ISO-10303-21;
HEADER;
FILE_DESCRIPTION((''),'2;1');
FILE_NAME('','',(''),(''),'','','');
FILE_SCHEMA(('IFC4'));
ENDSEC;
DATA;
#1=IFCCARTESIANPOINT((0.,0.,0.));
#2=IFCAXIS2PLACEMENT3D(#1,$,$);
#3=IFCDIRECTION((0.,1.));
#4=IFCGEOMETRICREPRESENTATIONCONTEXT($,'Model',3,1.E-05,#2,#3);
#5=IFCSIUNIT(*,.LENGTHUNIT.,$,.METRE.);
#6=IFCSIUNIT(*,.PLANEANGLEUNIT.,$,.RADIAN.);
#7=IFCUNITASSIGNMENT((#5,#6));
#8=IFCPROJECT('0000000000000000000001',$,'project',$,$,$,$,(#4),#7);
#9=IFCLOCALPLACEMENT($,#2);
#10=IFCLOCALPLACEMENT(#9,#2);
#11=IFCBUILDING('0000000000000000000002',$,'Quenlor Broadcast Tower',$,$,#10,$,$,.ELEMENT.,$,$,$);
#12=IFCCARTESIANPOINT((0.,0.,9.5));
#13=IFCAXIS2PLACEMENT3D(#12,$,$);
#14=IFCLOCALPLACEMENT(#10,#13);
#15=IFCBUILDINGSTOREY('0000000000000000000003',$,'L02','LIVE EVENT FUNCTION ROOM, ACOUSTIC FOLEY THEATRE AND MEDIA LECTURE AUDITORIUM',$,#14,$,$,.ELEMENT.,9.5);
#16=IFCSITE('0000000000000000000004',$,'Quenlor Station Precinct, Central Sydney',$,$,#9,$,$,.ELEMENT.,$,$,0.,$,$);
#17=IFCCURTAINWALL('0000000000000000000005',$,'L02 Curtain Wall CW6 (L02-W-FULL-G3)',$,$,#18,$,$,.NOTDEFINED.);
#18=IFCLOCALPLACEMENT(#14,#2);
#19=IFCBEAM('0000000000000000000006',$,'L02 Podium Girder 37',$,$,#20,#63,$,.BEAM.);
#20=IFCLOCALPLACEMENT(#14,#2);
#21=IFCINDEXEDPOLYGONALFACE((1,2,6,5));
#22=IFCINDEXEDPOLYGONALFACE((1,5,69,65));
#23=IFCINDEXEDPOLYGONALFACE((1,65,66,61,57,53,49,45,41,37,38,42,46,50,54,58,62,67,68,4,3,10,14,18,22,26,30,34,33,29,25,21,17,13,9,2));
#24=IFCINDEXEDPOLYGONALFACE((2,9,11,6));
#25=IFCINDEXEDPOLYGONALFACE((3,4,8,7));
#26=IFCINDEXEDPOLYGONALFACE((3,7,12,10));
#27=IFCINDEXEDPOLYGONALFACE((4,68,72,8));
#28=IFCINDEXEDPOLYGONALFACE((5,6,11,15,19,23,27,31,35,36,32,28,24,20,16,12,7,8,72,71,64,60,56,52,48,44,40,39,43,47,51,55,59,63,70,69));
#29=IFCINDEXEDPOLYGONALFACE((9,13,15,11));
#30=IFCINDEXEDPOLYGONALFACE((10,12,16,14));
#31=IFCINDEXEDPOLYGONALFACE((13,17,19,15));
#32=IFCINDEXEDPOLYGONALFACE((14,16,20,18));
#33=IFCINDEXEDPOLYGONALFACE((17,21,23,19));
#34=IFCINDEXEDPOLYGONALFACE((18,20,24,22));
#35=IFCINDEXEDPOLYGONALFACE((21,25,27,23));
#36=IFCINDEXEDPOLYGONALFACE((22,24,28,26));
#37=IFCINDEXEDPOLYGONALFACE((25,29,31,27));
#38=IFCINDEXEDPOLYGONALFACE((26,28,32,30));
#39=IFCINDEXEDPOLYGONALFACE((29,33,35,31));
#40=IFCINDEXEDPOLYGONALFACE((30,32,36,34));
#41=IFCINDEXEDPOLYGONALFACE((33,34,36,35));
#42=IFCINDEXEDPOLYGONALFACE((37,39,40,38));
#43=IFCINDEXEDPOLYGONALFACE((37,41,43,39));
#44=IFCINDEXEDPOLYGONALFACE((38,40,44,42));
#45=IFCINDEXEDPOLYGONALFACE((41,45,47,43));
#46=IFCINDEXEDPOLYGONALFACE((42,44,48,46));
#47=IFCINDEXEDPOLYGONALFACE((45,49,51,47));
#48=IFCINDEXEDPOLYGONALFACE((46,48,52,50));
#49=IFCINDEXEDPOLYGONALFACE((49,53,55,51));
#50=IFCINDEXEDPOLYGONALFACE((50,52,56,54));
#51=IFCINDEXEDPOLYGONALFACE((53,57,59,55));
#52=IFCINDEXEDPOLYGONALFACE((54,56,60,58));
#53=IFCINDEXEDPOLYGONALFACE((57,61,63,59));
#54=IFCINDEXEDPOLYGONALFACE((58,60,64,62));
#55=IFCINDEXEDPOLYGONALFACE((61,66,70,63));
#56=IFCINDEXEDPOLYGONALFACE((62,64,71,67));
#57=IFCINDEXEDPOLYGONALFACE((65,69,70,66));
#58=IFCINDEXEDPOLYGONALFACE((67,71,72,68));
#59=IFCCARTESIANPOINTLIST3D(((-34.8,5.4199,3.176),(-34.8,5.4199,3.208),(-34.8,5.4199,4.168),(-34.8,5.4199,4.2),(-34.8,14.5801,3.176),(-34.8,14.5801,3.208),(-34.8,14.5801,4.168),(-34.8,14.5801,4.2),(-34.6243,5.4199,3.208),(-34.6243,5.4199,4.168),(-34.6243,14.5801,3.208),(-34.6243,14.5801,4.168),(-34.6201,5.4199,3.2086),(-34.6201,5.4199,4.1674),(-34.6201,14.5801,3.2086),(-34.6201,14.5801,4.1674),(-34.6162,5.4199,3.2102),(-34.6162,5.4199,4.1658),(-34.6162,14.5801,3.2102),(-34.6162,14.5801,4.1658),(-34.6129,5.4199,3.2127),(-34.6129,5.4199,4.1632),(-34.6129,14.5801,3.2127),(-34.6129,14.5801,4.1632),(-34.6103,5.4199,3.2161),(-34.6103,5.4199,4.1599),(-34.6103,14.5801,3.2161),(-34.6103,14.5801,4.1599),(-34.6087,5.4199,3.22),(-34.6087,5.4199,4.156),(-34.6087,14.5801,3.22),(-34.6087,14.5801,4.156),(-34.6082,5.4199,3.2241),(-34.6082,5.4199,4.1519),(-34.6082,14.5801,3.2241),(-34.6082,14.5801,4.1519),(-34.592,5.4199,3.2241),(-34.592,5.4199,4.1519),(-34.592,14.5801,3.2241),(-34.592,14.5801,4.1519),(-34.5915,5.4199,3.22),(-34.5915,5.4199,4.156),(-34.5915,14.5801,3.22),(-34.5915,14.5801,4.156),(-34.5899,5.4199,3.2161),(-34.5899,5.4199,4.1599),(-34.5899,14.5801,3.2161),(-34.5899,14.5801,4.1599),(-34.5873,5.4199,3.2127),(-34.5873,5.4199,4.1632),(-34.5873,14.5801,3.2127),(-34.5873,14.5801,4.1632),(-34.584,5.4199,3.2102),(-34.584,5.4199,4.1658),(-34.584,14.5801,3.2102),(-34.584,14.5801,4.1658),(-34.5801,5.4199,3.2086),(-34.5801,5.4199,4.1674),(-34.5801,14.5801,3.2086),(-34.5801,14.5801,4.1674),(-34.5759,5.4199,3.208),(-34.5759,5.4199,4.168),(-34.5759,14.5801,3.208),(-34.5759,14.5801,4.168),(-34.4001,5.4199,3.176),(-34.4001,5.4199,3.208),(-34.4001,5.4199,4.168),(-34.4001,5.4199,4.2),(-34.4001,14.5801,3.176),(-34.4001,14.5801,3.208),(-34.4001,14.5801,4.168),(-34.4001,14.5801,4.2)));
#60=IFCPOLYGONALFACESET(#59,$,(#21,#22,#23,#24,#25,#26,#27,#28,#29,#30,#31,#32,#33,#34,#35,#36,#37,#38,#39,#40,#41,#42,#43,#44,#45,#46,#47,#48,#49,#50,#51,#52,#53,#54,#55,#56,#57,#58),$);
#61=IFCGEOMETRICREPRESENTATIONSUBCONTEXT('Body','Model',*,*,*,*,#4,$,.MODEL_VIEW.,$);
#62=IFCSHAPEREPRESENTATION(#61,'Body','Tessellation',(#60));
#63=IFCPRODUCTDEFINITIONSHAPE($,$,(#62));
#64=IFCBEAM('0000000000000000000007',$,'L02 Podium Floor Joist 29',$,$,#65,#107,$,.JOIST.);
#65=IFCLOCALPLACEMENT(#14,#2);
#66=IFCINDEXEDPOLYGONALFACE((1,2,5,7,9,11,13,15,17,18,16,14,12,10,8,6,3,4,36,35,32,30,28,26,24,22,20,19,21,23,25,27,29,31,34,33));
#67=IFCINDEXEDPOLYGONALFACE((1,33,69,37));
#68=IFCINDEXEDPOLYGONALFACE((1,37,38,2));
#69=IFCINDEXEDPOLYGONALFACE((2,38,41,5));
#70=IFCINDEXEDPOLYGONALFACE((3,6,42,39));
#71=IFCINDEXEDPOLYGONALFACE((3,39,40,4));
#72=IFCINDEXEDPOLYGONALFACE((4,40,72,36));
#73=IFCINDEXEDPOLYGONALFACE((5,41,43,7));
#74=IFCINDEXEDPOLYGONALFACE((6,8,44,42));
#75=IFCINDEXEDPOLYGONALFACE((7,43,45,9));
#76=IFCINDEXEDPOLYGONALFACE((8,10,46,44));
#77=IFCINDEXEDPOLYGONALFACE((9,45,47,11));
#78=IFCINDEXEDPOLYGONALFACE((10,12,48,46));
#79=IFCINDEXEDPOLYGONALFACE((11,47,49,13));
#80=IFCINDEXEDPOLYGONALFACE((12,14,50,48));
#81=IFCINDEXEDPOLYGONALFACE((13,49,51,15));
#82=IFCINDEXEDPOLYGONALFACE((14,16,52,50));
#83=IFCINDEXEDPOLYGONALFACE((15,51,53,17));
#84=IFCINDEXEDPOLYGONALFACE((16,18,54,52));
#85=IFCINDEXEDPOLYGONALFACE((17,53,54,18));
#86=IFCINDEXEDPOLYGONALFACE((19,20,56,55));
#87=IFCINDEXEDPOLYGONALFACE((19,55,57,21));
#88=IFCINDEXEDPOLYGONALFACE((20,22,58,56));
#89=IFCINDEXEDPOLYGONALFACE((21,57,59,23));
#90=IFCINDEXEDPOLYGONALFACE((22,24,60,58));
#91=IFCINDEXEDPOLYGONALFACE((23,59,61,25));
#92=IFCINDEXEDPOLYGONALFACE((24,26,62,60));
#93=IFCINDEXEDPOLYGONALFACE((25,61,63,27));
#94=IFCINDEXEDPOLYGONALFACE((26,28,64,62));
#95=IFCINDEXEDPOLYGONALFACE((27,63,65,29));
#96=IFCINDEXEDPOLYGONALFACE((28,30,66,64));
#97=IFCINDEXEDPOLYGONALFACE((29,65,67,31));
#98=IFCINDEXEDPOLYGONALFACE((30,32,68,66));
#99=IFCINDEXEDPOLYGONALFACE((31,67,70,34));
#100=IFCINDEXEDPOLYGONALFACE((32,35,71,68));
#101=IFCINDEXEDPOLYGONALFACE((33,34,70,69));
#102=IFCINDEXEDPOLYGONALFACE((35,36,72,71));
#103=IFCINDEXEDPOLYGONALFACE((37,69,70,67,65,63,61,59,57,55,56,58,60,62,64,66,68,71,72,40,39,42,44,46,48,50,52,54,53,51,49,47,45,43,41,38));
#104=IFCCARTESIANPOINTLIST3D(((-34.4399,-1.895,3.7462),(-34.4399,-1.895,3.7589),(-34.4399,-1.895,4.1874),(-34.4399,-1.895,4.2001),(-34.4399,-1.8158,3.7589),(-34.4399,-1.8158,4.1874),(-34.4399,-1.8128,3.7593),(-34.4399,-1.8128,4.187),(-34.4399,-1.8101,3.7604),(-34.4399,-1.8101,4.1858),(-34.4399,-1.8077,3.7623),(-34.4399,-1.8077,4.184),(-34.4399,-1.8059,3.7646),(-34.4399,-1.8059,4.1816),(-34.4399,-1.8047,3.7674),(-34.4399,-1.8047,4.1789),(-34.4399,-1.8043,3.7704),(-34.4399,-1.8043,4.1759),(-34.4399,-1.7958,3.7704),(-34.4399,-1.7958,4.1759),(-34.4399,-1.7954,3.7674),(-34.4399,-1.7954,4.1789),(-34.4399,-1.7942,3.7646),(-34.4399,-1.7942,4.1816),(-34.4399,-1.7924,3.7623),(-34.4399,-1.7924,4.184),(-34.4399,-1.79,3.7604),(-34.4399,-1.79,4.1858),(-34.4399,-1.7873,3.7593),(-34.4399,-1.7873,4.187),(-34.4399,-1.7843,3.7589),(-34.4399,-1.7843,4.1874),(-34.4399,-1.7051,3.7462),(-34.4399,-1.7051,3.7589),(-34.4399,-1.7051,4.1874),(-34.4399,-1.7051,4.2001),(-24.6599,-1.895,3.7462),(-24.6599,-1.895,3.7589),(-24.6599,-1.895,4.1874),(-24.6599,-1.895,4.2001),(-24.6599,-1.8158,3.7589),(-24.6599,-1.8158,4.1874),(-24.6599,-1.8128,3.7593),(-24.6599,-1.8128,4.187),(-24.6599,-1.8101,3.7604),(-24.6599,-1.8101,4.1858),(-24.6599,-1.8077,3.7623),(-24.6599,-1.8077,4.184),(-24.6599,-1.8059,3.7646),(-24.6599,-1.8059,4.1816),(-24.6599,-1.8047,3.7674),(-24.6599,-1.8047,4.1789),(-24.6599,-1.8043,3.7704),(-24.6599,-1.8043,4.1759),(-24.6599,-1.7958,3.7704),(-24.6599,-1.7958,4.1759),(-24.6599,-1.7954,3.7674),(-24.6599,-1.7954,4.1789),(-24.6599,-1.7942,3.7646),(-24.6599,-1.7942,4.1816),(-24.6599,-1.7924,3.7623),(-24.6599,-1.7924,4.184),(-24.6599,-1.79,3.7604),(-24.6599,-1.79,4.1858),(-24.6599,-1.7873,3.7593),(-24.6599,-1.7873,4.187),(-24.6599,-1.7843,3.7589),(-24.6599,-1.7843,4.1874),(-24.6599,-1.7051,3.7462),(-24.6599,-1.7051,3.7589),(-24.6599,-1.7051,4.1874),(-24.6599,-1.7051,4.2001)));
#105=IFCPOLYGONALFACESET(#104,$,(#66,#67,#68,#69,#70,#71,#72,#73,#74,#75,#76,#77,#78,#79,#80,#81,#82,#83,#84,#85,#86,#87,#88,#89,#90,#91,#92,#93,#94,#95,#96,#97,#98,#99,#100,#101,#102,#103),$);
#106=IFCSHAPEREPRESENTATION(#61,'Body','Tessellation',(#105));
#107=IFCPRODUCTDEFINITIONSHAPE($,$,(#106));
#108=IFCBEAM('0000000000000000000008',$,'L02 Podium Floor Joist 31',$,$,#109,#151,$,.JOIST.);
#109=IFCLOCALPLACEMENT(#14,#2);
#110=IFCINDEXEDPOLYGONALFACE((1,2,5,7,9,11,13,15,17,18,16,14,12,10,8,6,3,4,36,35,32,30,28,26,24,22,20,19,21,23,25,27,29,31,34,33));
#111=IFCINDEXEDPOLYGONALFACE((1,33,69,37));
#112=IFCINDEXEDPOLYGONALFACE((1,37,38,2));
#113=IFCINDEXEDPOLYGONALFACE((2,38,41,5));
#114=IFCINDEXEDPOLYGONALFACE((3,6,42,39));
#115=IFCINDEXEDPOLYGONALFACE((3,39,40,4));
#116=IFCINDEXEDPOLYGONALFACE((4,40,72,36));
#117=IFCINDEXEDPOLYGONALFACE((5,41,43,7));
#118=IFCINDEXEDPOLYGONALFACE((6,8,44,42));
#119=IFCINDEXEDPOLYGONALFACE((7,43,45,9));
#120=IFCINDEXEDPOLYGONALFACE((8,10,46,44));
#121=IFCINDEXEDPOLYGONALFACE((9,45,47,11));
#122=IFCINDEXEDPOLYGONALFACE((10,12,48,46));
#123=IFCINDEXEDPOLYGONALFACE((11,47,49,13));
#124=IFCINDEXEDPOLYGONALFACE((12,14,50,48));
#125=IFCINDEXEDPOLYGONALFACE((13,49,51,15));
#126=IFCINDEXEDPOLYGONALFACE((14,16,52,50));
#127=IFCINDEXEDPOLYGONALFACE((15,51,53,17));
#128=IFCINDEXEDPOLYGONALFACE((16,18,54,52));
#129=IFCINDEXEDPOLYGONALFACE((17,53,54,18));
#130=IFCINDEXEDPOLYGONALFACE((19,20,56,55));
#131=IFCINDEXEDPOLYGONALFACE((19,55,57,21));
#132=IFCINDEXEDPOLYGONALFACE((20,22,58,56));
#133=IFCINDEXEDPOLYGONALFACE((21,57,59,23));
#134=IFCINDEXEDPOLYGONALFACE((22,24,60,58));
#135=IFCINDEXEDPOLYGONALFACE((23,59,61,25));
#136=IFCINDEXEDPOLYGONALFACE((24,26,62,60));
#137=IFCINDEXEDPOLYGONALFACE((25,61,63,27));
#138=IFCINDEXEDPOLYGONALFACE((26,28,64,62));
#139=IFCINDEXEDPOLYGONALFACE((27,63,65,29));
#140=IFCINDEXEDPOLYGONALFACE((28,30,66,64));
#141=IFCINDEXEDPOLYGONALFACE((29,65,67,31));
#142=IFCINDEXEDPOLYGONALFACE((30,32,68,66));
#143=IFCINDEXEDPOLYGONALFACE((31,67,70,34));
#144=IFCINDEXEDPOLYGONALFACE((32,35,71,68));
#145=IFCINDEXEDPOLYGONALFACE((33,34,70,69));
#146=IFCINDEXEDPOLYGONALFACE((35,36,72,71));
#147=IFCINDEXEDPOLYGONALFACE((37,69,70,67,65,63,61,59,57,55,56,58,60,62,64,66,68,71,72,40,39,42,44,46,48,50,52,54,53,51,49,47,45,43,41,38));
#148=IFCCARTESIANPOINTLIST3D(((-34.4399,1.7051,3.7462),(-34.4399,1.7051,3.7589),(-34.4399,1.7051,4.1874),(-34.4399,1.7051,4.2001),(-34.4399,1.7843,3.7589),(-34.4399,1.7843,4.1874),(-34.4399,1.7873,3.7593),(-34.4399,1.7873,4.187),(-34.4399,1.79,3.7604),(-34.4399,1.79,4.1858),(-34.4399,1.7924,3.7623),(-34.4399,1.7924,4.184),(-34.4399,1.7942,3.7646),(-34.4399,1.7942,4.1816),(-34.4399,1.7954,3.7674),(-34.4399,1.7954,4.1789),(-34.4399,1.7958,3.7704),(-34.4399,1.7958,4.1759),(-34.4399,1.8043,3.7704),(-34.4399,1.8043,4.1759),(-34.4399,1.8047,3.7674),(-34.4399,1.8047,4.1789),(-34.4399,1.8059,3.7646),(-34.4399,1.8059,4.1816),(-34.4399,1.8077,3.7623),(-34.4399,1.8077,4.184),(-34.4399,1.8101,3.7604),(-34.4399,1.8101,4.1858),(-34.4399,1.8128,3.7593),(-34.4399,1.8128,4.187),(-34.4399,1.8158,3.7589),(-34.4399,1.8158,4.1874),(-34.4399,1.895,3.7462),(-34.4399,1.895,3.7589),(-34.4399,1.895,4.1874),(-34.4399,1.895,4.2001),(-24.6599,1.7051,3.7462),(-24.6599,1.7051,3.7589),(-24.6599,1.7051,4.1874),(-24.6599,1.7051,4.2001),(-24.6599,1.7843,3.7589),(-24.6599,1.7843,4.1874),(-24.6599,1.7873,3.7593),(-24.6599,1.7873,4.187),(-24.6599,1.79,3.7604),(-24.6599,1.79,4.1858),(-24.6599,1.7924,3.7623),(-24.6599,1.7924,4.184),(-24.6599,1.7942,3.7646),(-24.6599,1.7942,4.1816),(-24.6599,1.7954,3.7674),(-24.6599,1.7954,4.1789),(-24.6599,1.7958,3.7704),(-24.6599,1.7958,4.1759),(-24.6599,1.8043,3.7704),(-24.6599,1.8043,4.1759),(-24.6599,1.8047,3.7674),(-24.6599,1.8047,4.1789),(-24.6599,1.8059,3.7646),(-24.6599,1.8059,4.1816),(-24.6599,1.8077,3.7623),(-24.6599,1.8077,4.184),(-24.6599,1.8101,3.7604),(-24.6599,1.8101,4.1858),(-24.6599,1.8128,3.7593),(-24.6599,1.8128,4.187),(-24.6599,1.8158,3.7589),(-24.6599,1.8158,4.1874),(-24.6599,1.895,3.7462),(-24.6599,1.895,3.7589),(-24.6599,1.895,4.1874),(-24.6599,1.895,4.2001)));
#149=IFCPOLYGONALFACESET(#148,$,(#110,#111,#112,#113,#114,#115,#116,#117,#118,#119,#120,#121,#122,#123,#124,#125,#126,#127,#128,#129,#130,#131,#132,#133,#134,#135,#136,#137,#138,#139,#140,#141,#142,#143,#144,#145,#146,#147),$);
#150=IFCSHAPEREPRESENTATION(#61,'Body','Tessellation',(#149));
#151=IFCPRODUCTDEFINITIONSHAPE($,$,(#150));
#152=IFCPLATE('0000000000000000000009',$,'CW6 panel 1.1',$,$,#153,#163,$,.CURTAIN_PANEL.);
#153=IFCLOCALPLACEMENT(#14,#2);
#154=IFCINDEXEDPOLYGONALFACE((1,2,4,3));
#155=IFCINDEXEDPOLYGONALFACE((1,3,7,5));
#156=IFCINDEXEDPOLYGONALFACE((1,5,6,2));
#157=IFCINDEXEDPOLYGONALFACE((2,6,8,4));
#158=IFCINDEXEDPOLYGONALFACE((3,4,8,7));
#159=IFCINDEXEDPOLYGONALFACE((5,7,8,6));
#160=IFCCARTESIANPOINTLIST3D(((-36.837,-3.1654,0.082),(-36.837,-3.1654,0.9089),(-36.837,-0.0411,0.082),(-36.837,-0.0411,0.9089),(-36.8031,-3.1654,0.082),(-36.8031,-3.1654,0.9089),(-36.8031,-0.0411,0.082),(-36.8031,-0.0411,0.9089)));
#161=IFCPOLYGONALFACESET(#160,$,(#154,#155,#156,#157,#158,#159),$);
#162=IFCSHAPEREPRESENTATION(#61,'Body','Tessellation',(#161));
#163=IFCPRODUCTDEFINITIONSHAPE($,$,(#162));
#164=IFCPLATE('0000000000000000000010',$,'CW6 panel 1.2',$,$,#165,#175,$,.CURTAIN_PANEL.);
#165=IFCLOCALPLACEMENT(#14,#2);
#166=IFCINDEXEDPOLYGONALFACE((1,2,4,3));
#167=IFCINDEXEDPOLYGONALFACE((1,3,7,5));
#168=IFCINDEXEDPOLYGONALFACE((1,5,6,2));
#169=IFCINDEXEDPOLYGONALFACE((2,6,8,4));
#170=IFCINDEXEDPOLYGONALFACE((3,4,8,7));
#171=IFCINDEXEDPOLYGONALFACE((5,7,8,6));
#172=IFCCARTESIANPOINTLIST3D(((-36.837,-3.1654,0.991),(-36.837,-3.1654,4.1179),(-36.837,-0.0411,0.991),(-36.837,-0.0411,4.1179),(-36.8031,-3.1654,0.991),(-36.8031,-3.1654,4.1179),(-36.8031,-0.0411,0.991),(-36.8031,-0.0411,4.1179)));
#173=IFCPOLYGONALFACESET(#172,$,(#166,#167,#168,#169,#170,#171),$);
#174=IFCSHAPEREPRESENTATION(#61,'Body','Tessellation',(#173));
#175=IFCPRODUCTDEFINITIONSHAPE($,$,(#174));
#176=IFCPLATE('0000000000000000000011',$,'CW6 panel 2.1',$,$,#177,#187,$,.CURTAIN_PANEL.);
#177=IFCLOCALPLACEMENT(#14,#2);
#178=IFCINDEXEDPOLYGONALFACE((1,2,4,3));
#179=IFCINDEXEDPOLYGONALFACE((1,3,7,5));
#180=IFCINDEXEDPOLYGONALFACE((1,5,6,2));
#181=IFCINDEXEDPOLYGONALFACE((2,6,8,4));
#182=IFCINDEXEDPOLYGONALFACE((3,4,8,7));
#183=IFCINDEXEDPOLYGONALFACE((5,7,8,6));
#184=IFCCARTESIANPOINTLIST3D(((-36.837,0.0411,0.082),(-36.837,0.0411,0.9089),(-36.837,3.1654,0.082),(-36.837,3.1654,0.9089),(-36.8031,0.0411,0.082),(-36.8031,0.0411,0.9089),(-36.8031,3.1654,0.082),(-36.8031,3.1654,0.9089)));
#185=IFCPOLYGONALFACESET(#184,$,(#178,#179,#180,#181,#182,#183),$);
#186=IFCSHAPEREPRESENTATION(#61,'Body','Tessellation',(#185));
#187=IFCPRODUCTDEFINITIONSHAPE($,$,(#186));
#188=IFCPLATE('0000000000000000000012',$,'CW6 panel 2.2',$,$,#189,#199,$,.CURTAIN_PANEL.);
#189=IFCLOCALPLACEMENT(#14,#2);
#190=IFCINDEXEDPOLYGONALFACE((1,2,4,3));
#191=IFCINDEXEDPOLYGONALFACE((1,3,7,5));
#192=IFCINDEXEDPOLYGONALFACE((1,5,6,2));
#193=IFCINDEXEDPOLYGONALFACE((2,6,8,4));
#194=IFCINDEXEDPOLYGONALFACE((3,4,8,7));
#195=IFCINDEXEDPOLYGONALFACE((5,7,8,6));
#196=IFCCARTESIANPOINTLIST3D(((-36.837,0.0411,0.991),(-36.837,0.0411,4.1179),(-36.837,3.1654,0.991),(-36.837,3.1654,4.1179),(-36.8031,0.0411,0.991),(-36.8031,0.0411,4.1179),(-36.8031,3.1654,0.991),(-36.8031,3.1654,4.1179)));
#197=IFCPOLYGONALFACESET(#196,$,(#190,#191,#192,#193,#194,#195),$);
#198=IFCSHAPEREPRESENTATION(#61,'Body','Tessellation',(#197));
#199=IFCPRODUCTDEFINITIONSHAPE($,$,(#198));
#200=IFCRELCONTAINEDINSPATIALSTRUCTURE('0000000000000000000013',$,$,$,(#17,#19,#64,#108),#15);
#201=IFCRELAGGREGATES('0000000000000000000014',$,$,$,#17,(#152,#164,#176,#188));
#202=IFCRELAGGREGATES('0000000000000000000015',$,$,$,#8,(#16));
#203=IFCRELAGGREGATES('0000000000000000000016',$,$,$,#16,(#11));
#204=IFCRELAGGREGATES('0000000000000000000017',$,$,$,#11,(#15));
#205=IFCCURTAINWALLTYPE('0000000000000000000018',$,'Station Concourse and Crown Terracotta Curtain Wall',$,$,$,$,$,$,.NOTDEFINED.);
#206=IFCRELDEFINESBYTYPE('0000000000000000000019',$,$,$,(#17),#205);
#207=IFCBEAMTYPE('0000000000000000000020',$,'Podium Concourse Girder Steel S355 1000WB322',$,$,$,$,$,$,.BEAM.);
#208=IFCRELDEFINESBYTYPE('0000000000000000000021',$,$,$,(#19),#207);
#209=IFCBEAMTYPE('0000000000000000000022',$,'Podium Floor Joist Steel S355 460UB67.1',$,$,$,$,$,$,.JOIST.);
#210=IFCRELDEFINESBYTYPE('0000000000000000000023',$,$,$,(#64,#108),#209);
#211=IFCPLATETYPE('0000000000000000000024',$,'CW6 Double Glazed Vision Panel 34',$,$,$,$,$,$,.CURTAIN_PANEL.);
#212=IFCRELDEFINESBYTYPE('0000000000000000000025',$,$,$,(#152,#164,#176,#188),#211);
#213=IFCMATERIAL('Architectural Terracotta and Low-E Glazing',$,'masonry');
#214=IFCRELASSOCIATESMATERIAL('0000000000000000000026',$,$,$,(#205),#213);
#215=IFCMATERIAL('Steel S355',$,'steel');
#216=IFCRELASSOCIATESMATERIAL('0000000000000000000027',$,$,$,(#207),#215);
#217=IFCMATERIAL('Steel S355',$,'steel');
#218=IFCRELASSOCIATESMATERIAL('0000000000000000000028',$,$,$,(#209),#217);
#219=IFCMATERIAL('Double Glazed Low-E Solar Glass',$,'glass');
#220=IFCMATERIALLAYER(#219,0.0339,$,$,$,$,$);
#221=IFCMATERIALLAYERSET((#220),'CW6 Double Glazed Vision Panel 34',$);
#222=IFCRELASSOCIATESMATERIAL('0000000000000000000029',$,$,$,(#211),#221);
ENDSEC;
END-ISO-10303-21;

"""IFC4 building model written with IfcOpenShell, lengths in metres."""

from ifc_helpers import new_model, si_unit, direction, frame, origin, origin_2d, place, context, subcontext, project, spatial, rectangle, i_section, extrude, material, layer, layer_set, material_profile, profile_set, type_object, element, aggregate, save


model = new_model("IFC4")

# Units and contexts
model_context = context("Model", 3, precision=1e-05, world=origin(), true_north=direction((0.0, 1.0)))
body_context = subcontext(model_context, "Body", "Model", "MODEL_VIEW")
ifc_project = project(units=[si_unit("LENGTHUNIT", "METRE"), si_unit("PLANEANGLEUNIT", "RADIAN")], contexts=[model_context])

# Site, building, storey
site_placement = place(None, origin())
site = spatial("IfcSite", under=ifc_project, at=site_placement, Name="Quenlor Station Precinct, Central Sydney", CompositionType="ELEMENT", RefElevation=0.0)
building_placement = place(site_placement, origin())
building = spatial("IfcBuilding", under=site, at=building_placement, Name="Quenlor Broadcast Tower", CompositionType="ELEMENT")
storey_placement = place(building_placement, frame((0.0, 0.0, 9.5)))
storey = spatial("IfcBuildingStorey", under=building, at=storey_placement, Name="L02", Description="LIVE EVENT FUNCTION ROOM, ACOUSTIC FOLEY THEATRE AND MEDIA LECTURE AUDITORIUM", CompositionType="ELEMENT", Elevation=9.5)

# Curtain wall
ifc_material_1 = material(Name="Architectural Terracotta and Low-E Glazing", Category="masonry")
curtain_wall_type = type_object("IfcCurtainWallType", Name="Station Concourse and Crown Terracotta Curtain Wall", PredefinedType="NOTDEFINED", material=ifc_material_1)
curtain_wall_placement = place(storey_placement, origin())
curtain_wall = element("IfcCurtainWall", 1, at=curtain_wall_placement, inside=storey, type_object=curtain_wall_type, Name="L02 Curtain Wall CW6 (L02-W-FULL-G3)", PredefinedType="NOTDEFINED")

# Beams
ifc_material_2 = material(Name="Steel S355", Category="steel")
ifc_material_profile_1 = material_profile(ifc_material_2, i_section(OverallWidth=0.3999, OverallDepth=1.0239, WebThickness=0.0161, FlangeThickness=0.032, FilletRadius=0.0161, at=origin_2d()))
ifc_profile_set_1 = profile_set([ifc_material_profile_1], Name="Steel S355 1000WB322")
beam_type_1 = type_object("IfcBeamType", Name="Podium Concourse Girder Steel S355 1000WB322", PredefinedType="BEAM", material=ifc_profile_set_1)
beam_1_placement = place(storey_placement, frame((-34.6001, 5.4199, 3.688), z_axis=(0.0, 1.0, 0.0), x_axis=(-1.0, 0.0, 0.0)))
element("IfcBeam", 2, at=beam_1_placement, inside=storey, type_object=beam_type_1, Name="L02 Podium Girder 37", PredefinedType="BEAM", context=body_context, shape_type="SweptSolid", body=[
    extrude(i_section(OverallWidth=0.3999, OverallDepth=1.0239, WebThickness=0.0161, FlangeThickness=0.032, FilletRadius=0.0161, at=origin_2d()), origin(), (0.0, 0.0, 1.0), 9.1602),
])
ifc_material_3 = material(Name="Steel S355", Category="steel")
ifc_material_profile_2 = material_profile(ifc_material_3, i_section(OverallWidth=0.1899, OverallDepth=0.4539, WebThickness=0.0085, FlangeThickness=0.0127, FilletRadius=0.0115, at=origin_2d()))
ifc_profile_set_2 = profile_set([ifc_material_profile_2], Name="Steel S355 460UB67.1")
beam_type_2 = type_object("IfcBeamType", Name="Podium Floor Joist Steel S355 460UB67.1", PredefinedType="JOIST", material=ifc_profile_set_2)
for number, where, z_axis, x_axis, name in (
    (3, (-34.4399, -1.8, 3.9731), (1.0, 0.0, 0.0), (0.0, 1.0, 0.0), "L02 Podium Floor Joist 29"),
    (4, (-34.4399, 1.8, 3.9731), (1.0, 0.0, 0.0), (0.0, 1.0, 0.0), "L02 Podium Floor Joist 31"),
):
    element("IfcBeam", number, at=place(storey_placement, frame(where, z_axis=z_axis, x_axis=x_axis)), inside=storey, type_object=beam_type_2, Name=name, PredefinedType="JOIST", context=body_context, shape_type="SweptSolid", body=[
        extrude(i_section(OverallWidth=0.1899, OverallDepth=0.4539, WebThickness=0.0085, FlangeThickness=0.0127, FilletRadius=0.0115, at=origin_2d()), origin(), (0.0, 0.0, 1.0), 9.78),
    ])

# Plates
ifc_material_4 = material(Name="Double Glazed Low-E Solar Glass", Category="glass")
ifc_layer_1 = layer(ifc_material_4, 0.0339)
ifc_layer_set_1 = layer_set([ifc_layer_1], Name="CW6 Double Glazed Vision Panel 34")
plate_type_1 = type_object("IfcPlateType", Name="CW6 Double Glazed Vision Panel 34", PredefinedType="CURTAIN_PANEL", material=ifc_layer_set_1)
plate_1_placement = place(storey_placement, frame((-36.8201, -1.6033, 0.082), z_axis=(0.0, 0.0, 1.0), x_axis=(0.0, 1.0, 0.0)))
plate_1 = element("IfcPlate", 5, at=plate_1_placement, type_object=plate_type_1, Name="CW6 panel 1.1", PredefinedType="CURTAIN_PANEL", context=body_context, shape_type="SweptSolid", body=[
    extrude(rectangle(XDim=3.1243, YDim=0.0339, at=origin_2d()), origin(), (0.0, 0.0, 1.0), 0.8269),
])
plate_2_placement = place(storey_placement, frame((-36.8201, -1.6033, 0.991), z_axis=(0.0, 0.0, 1.0), x_axis=(0.0, 1.0, 0.0)))
plate_2 = element("IfcPlate", 6, at=plate_2_placement, type_object=plate_type_1, Name="CW6 panel 1.2", PredefinedType="CURTAIN_PANEL", context=body_context, shape_type="SweptSolid", body=[
    extrude(rectangle(XDim=3.1243, YDim=0.0339, at=origin_2d()), origin(), (0.0, 0.0, 1.0), 3.127),
])
plate_3_placement = place(storey_placement, frame((-36.8201, 1.6033, 0.082), z_axis=(0.0, 0.0, 1.0), x_axis=(0.0, 1.0, 0.0)))
plate_3 = element("IfcPlate", 7, at=plate_3_placement, type_object=plate_type_1, Name="CW6 panel 2.1", PredefinedType="CURTAIN_PANEL", context=body_context, shape_type="SweptSolid", body=[
    extrude(rectangle(XDim=3.1243, YDim=0.0339, at=origin_2d()), origin(), (0.0, 0.0, 1.0), 0.8269),
])
plate_4_placement = place(storey_placement, frame((-36.8201, 1.6033, 0.991), z_axis=(0.0, 0.0, 1.0), x_axis=(0.0, 1.0, 0.0)))
plate_4 = element("IfcPlate", 8, at=plate_4_placement, type_object=plate_type_1, Name="CW6 panel 2.2", PredefinedType="CURTAIN_PANEL", context=body_context, shape_type="SweptSolid", body=[
    extrude(rectangle(XDim=3.1243, YDim=0.0339, at=origin_2d()), origin(), (0.0, 0.0, 1.0), 3.127),
])
aggregate(curtain_wall, [plate_1, plate_2, plate_3, plate_4])

save(model, "model.ifc")
